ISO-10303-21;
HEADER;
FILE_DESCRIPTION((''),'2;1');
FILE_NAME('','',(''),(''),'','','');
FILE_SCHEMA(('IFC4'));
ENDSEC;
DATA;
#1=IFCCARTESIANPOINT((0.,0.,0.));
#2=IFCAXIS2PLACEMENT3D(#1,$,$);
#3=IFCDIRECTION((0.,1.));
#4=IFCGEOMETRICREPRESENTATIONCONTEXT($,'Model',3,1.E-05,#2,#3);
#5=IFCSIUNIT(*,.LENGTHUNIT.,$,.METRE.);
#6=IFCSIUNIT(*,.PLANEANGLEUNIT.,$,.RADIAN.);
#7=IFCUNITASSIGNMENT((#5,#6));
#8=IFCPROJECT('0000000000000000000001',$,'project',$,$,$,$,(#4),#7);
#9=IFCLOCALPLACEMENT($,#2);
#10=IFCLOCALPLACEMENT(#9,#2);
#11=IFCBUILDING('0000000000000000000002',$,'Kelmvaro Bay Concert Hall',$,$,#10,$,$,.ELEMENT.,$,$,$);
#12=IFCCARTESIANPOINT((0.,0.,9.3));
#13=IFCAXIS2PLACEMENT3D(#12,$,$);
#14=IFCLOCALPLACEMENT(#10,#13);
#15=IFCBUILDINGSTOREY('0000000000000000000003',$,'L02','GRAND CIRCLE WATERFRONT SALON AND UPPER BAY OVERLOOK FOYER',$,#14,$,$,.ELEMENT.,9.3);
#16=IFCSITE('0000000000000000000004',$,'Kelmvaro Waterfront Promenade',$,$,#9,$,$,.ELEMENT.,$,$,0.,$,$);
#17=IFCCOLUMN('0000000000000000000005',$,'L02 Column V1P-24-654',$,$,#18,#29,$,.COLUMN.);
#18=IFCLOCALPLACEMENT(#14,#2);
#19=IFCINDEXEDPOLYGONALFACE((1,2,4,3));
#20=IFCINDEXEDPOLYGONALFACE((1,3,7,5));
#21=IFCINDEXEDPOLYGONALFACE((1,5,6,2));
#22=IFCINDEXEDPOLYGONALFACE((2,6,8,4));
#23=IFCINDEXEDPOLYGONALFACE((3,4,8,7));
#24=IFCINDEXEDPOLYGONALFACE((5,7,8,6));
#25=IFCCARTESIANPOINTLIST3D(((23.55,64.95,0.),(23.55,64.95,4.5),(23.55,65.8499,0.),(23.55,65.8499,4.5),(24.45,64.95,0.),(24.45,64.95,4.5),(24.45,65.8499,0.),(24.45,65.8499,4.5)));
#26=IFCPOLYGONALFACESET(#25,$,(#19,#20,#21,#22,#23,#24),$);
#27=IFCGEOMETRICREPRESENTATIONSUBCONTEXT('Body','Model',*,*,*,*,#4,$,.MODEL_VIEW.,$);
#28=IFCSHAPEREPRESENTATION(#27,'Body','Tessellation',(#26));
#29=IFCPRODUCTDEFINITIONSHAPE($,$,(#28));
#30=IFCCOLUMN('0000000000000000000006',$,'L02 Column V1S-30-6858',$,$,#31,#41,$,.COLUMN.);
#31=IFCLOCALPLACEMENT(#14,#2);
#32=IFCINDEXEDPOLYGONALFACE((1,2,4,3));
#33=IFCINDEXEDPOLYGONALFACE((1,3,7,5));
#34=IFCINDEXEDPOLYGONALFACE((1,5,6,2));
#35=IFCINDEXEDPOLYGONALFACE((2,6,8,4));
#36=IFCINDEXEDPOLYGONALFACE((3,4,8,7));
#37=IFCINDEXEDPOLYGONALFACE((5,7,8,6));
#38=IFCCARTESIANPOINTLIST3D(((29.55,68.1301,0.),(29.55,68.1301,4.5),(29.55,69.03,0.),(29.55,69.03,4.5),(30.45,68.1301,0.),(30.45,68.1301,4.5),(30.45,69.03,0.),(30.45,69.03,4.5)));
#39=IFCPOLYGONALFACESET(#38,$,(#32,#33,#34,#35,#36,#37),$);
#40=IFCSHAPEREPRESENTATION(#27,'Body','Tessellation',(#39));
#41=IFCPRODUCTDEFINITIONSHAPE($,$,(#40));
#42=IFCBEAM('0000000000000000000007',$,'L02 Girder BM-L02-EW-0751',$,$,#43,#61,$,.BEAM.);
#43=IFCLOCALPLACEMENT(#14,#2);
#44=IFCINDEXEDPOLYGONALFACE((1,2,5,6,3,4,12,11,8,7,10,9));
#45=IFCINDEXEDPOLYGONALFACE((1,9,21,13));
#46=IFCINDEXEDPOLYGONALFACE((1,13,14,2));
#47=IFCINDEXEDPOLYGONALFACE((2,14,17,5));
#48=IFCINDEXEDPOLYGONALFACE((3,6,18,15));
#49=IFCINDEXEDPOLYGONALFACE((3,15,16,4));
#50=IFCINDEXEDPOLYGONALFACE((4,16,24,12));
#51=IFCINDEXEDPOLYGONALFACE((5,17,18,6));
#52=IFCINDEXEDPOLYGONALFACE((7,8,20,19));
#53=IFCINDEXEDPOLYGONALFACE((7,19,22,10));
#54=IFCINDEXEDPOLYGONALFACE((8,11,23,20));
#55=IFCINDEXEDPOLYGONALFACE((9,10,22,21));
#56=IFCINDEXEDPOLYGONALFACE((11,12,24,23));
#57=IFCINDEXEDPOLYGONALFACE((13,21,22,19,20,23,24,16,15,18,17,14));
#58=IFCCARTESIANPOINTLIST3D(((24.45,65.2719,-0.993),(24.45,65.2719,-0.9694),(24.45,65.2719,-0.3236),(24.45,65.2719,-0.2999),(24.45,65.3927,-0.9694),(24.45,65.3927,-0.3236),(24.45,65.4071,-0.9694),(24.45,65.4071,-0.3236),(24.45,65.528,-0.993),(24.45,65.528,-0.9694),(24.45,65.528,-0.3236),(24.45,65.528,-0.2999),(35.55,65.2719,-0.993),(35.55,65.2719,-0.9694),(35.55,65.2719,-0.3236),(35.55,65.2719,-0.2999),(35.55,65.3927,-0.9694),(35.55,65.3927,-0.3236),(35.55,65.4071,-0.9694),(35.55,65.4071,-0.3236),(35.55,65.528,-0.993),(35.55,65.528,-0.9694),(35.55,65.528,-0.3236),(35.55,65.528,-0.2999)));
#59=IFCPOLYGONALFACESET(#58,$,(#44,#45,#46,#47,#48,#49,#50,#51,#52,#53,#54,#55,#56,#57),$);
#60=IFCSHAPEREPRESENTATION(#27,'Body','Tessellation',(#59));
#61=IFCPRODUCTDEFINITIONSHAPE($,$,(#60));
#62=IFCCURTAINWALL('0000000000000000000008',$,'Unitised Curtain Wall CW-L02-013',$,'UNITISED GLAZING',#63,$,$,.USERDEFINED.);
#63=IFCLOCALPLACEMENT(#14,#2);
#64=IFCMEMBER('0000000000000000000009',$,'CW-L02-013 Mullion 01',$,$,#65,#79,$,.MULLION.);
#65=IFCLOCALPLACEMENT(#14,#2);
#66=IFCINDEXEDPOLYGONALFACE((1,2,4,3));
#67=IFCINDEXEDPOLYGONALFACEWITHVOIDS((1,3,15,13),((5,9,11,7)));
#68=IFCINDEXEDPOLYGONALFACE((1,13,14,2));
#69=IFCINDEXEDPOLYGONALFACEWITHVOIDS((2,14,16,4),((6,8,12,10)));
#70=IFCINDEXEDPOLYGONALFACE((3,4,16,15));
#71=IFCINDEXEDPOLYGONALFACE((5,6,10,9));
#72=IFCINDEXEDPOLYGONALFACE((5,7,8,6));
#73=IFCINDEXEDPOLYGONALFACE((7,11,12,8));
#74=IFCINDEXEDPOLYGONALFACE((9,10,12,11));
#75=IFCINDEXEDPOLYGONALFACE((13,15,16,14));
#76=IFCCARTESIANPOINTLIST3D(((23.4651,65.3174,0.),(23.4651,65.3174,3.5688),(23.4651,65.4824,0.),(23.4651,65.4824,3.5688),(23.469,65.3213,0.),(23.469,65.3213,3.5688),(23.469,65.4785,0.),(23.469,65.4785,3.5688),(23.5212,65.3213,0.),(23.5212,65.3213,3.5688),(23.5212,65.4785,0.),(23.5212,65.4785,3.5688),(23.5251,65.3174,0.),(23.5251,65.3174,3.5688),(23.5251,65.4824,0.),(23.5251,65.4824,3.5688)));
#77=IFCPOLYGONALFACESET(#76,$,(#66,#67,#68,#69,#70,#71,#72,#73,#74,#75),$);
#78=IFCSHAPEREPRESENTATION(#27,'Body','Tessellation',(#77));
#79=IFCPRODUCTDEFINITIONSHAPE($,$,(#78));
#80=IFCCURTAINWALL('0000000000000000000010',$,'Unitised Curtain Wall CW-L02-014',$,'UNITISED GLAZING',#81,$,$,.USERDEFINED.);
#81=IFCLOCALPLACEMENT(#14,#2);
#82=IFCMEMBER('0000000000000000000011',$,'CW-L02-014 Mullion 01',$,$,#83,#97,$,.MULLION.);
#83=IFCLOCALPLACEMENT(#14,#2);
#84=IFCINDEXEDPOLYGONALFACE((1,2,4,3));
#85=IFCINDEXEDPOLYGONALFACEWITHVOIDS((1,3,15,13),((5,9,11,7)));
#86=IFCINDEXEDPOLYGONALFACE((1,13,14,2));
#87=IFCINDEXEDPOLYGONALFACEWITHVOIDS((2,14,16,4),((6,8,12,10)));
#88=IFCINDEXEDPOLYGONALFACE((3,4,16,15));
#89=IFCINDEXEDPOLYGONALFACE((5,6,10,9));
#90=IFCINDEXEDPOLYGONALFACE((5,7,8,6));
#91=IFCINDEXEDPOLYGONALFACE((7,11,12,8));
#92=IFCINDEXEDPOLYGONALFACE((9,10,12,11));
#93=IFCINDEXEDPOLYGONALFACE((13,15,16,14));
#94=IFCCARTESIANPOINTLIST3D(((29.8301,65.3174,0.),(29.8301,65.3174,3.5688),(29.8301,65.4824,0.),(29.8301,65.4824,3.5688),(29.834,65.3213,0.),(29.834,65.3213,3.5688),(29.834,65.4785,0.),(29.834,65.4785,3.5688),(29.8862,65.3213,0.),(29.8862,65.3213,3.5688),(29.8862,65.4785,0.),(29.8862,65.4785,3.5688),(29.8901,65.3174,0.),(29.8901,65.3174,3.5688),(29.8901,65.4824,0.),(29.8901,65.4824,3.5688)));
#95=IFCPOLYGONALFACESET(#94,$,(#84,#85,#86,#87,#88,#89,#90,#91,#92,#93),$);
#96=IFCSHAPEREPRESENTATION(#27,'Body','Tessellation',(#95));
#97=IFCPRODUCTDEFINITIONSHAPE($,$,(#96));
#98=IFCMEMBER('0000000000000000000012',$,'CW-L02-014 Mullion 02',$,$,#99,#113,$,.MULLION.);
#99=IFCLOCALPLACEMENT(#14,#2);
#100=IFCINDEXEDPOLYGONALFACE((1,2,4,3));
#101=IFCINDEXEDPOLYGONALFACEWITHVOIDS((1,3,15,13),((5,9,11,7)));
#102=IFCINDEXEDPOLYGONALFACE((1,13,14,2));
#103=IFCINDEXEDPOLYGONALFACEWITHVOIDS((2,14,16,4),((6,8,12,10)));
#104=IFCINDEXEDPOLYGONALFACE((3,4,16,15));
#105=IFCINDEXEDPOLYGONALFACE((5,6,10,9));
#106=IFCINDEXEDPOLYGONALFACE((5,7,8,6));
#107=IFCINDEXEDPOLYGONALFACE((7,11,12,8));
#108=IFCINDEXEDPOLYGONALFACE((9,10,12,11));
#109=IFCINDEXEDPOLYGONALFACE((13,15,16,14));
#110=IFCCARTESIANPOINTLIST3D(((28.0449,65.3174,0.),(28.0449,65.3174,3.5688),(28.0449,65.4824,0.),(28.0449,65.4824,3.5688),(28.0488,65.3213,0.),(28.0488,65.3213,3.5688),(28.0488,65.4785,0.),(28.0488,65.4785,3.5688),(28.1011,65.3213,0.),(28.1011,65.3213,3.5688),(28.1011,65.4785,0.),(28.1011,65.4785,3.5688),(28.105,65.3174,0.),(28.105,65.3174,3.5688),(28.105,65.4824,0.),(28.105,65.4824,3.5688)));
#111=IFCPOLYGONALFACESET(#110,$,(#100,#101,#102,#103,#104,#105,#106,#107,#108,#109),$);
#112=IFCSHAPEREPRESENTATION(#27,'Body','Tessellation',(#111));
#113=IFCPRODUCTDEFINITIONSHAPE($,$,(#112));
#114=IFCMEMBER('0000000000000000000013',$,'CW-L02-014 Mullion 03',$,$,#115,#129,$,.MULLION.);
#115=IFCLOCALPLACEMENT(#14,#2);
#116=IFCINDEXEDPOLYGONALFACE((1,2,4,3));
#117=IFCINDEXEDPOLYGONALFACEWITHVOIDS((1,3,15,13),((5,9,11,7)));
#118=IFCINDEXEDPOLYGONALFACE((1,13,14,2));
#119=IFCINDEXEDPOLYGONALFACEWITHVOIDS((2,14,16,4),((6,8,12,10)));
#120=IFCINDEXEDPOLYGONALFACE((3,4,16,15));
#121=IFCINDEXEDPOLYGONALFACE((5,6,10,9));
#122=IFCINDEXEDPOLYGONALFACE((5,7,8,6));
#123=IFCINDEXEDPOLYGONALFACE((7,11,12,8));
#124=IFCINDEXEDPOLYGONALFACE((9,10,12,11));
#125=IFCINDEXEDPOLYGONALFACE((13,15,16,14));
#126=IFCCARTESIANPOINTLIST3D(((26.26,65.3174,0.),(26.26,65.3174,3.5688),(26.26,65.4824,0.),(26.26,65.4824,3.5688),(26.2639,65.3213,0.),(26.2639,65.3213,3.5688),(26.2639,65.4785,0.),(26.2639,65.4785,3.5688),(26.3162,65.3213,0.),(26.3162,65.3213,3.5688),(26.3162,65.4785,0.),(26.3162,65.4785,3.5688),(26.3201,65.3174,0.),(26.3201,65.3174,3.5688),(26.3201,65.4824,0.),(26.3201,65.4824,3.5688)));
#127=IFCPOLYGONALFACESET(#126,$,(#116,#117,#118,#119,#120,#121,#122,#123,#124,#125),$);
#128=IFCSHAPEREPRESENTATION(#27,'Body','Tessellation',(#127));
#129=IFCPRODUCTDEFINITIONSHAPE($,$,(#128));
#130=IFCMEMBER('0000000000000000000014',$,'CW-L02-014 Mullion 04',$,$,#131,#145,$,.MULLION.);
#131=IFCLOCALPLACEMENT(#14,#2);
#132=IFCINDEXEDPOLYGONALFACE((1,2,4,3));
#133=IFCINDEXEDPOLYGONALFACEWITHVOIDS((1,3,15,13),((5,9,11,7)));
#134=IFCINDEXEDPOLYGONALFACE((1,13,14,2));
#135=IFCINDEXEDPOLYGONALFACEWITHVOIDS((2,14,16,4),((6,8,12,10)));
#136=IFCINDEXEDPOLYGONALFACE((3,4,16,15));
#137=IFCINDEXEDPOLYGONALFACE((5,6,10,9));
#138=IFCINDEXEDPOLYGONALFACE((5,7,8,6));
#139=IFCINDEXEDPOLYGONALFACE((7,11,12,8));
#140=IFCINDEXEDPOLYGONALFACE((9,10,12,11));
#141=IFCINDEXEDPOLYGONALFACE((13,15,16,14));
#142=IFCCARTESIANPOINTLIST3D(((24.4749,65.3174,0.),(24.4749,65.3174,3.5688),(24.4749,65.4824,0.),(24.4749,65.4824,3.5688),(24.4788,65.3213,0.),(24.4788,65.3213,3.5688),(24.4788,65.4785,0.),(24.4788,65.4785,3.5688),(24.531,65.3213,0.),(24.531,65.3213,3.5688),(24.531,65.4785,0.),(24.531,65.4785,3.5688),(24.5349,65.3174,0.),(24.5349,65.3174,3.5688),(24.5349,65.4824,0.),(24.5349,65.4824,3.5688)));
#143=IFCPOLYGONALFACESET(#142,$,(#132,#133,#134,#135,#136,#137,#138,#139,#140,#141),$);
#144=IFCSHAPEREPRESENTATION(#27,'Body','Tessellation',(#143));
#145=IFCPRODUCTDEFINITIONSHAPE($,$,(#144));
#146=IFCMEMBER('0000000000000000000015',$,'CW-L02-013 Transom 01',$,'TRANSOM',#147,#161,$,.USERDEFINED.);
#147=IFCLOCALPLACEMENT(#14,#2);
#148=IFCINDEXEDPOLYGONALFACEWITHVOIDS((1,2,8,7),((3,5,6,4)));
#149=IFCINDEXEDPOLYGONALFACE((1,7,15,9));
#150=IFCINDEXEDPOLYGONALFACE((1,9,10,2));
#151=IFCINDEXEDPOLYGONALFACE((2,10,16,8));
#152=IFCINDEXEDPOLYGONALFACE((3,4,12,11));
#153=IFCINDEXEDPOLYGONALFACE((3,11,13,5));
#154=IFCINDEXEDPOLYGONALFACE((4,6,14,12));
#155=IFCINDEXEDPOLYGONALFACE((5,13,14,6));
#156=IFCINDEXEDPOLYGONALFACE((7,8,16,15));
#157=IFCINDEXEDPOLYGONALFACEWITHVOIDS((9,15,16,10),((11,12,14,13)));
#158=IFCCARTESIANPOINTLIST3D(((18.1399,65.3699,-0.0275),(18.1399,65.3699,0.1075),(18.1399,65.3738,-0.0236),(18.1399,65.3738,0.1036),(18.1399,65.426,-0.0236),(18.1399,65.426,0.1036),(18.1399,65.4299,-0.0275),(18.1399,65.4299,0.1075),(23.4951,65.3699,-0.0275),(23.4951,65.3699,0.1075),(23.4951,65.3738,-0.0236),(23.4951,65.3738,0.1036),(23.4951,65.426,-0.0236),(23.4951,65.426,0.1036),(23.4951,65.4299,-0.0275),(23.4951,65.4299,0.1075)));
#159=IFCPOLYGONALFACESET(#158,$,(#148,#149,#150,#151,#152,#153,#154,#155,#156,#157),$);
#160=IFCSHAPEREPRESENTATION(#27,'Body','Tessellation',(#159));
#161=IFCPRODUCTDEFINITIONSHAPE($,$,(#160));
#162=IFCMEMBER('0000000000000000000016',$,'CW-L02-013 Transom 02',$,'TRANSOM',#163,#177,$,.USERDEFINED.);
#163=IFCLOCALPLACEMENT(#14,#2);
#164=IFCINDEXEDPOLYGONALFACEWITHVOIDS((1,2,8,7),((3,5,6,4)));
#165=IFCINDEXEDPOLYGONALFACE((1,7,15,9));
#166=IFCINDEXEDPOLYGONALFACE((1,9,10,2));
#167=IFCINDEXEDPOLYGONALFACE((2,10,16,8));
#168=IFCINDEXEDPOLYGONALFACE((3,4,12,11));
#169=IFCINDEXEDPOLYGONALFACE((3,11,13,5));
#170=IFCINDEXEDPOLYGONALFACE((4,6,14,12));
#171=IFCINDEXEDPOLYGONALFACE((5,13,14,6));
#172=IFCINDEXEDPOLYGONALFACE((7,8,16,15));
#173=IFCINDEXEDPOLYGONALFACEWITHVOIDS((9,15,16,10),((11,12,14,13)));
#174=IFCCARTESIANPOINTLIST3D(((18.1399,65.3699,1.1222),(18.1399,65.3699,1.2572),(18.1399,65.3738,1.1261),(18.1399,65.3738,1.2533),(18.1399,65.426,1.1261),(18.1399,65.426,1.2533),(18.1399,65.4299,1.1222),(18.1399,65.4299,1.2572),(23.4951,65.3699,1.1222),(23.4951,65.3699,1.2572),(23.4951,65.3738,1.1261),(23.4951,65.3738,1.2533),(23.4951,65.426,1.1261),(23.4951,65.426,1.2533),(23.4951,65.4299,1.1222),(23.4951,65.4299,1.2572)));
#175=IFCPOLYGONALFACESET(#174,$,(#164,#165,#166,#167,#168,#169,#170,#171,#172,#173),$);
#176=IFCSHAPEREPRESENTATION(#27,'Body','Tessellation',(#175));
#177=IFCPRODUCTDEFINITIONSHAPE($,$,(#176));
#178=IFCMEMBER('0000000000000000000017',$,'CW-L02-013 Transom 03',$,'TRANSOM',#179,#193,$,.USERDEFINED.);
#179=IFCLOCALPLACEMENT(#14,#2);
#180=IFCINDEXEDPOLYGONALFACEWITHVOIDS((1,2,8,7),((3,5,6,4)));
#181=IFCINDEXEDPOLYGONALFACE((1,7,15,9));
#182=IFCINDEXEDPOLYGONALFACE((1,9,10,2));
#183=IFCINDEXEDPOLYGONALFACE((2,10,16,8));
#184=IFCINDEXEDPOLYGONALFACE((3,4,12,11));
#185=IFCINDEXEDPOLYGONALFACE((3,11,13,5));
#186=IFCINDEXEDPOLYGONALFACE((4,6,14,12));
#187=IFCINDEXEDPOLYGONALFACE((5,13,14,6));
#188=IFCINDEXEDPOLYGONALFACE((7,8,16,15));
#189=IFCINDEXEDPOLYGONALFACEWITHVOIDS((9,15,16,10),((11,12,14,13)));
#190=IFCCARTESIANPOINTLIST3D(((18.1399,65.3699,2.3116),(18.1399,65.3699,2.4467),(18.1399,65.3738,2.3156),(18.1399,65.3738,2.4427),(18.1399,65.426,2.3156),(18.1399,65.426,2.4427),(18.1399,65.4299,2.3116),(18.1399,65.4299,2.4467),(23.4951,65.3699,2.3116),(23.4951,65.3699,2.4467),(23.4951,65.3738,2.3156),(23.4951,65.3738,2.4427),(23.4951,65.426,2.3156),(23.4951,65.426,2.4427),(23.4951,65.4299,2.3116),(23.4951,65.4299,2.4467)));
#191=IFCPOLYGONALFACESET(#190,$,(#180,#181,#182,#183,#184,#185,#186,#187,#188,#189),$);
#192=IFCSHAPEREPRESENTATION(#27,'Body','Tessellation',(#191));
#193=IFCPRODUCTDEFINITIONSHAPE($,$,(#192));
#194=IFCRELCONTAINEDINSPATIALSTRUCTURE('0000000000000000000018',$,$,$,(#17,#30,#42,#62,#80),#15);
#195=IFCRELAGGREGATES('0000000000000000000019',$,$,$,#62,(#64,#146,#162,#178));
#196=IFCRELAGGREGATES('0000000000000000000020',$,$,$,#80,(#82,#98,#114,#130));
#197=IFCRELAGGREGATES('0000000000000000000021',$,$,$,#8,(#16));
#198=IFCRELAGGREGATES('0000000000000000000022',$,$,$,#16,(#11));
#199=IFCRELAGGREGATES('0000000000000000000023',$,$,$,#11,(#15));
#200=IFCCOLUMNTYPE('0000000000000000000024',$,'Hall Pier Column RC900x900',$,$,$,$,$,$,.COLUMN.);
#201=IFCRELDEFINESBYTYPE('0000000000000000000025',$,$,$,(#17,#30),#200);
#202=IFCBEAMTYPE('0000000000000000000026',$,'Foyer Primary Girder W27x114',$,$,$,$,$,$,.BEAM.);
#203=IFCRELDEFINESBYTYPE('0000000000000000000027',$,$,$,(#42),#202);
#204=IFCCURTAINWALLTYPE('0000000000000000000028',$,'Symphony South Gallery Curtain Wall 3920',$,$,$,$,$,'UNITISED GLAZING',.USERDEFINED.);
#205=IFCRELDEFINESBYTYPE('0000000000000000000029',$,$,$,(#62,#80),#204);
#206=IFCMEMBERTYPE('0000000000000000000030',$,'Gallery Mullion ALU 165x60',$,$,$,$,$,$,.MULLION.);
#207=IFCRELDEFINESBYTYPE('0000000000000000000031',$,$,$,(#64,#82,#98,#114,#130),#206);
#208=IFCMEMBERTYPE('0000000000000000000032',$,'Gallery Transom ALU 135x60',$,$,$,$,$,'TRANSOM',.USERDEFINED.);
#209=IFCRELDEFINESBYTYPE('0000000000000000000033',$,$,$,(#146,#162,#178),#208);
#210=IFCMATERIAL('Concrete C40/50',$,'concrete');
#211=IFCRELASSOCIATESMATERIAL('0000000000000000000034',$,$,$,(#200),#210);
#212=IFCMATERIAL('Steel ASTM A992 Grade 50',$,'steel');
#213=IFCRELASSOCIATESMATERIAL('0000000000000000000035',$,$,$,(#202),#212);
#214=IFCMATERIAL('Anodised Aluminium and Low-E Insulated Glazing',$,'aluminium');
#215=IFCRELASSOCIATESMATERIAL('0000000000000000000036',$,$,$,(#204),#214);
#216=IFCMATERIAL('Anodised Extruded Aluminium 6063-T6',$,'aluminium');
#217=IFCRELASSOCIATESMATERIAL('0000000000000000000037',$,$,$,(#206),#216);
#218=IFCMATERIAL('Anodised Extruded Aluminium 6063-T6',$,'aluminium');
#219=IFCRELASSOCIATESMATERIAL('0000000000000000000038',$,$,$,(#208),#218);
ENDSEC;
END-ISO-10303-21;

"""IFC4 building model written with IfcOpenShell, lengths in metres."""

from ifc_helpers import new_model, si_unit, direction, frame, origin, origin_2d, place, context, subcontext, project, spatial, rectangle, hollow_rectangle, i_section, extrude, material, material_profile, profile_set, type_object, element, aggregate, save


model = new_model("IFC4")

# Units and contexts
model_context = context("Model", 3, precision=1e-05, world=origin(), true_north=direction((0.0, 1.0)))
body_context = subcontext(model_context, "Body", "Model", "MODEL_VIEW")
ifc_project = project(units=[si_unit("LENGTHUNIT", "METRE"), si_unit("PLANEANGLEUNIT", "RADIAN")], contexts=[model_context])

# Site, building, storey
site_placement = place(None, origin())
site = spatial("IfcSite", under=ifc_project, at=site_placement, Name="Kelmvaro Waterfront Promenade", CompositionType="ELEMENT", RefElevation=0.0)
building_placement = place(site_placement, origin())
building = spatial("IfcBuilding", under=site, at=building_placement, Name="Kelmvaro Bay Concert Hall", CompositionType="ELEMENT")
storey_placement = place(building_placement, frame((0.0, 0.0, 9.3)))
storey = spatial("IfcBuildingStorey", under=building, at=storey_placement, Name="L02", Description="GRAND CIRCLE WATERFRONT SALON AND UPPER BAY OVERLOOK FOYER", CompositionType="ELEMENT", Elevation=9.3)

# Columns
ifc_material_1 = material(Name="Concrete C40/50", Category="concrete")
ifc_material_profile_1 = material_profile(ifc_material_1, rectangle(XDim=0.8999, YDim=0.8999, at=origin_2d()), Name="RC-COL-900X900")
ifc_profile_set_1 = profile_set([ifc_material_profile_1], Name="Concrete C40/50")
column_type = type_object("IfcColumnType", Name="Hall Pier Column RC900x900", PredefinedType="COLUMN", material=ifc_profile_set_1)
for number, where, z_axis, x_axis, name in (
    (1, (24.0, 65.3999, 0.0), (0.0, 0.0, 1.0), (1.0, 0.0, 0.0), "L02 Column V1P-24-654"),
    (2, (30.0, 68.5801, 0.0), (0.0, 0.0, 1.0), (1.0, 0.0, 0.0), "L02 Column V1S-30-6858"),
):
    element("IfcColumn", number, at=place(storey_placement, frame(where, z_axis=z_axis, x_axis=x_axis)), inside=storey, type_object=column_type, Name=name, PredefinedType="COLUMN", context=body_context, shape_type="SweptSolid", body=[
        extrude(rectangle(XDim=0.8999, YDim=0.8999, at=origin_2d()), origin(), (0.0, 0.0, 1.0), 4.5),
    ])

# Beam
ifc_material_2 = material(Name="Steel ASTM A992 Grade 50", Category="steel")
ifc_material_profile_2 = material_profile(ifc_material_2, i_section(OverallWidth=0.2561, OverallDepth=0.6931, WebThickness=0.0144, FlangeThickness=0.0237, at=origin_2d()), Name="W27X114")
ifc_profile_set_2 = profile_set([ifc_material_profile_2], Name="Steel ASTM A992 Grade 50")
beam_type_1 = type_object("IfcBeamType", Name="Foyer Primary Girder W27x114", PredefinedType="BEAM", material=ifc_profile_set_2)
beam_placement = place(storey_placement, frame((24.45, 65.3999, -0.6465), z_axis=(1.0, 0.0, 0.0), x_axis=(0.0, 1.0, 0.0)))
element("IfcBeam", 3, at=beam_placement, inside=storey, type_object=beam_type_1, Name="L02 Girder BM-L02-EW-0751", PredefinedType="BEAM", context=body_context, shape_type="SweptSolid", body=[
    extrude(i_section(OverallWidth=0.2561, OverallDepth=0.6931, WebThickness=0.0144, FlangeThickness=0.0237, at=origin_2d()), origin(), (0.0, 0.0, 1.0), 11.1001),
])

# Curtain wall, member
ifc_material_3 = material(Name="Anodised Aluminium and Low-E Insulated Glazing", Category="aluminium")
curtain_wall_type = type_object("IfcCurtainWallType", Name="Symphony South Gallery Curtain Wall 3920", ElementType="UNITISED GLAZING", PredefinedType="USERDEFINED", material=ifc_material_3)
curtain_wall_1_placement = place(storey_placement, origin())
curtain_wall_1 = element("IfcCurtainWall", 4, at=curtain_wall_1_placement, inside=storey, type_object=curtain_wall_type, Name="Unitised Curtain Wall CW-L02-013", ObjectType="UNITISED GLAZING", PredefinedType="USERDEFINED")
ifc_material_4 = material(Name="Anodised Extruded Aluminium 6063-T6", Category="aluminium")
ifc_material_profile_3 = material_profile(ifc_material_4, hollow_rectangle(XDim=0.0601, YDim=0.165, WallThickness=0.0039, at=origin_2d()), Name="ALU-MUL-165X60")
ifc_profile_set_3 = profile_set([ifc_material_profile_3], Name="Anodised Extruded Aluminium 6063-T6")
member_type_1 = type_object("IfcMemberType", Name="Gallery Mullion ALU 165x60", PredefinedType="MULLION", material=ifc_profile_set_3)
member_1_placement = place(storey_placement, frame((23.4951, 65.3999, 0.0), z_axis=(0.0, 0.0, 1.0), x_axis=(1.0, 0.0, 0.0)))
member_1 = element("IfcMember", 5, at=member_1_placement, type_object=member_type_1, Name="CW-L02-013 Mullion 01", PredefinedType="MULLION", context=body_context, shape_type="SweptSolid", body=[
    extrude(hollow_rectangle(XDim=0.0601, YDim=0.165, WallThickness=0.0039, at=origin_2d()), origin(), (0.0, 0.0, 1.0), 3.5688),
])

# Curtain wall, members
curtain_wall_2_placement = place(storey_placement, origin())
curtain_wall_2 = element("IfcCurtainWall", 6, at=curtain_wall_2_placement, inside=storey, type_object=curtain_wall_type, Name="Unitised Curtain Wall CW-L02-014", ObjectType="UNITISED GLAZING", PredefinedType="USERDEFINED")
member_2_placement = place(storey_placement, frame((29.8601, 65.3999, 0.0), z_axis=(0.0, 0.0, 1.0), x_axis=(1.0, 0.0, 0.0)))
member_2 = element("IfcMember", 7, at=member_2_placement, type_object=member_type_1, Name="CW-L02-014 Mullion 01", PredefinedType="MULLION", context=body_context, shape_type="SweptSolid", body=[
    extrude(hollow_rectangle(XDim=0.0601, YDim=0.165, WallThickness=0.0039, at=origin_2d()), origin(), (0.0, 0.0, 1.0), 3.5688),
])
member_3_placement = place(storey_placement, frame((28.075, 65.3999, 0.0), z_axis=(0.0, 0.0, 1.0), x_axis=(1.0, 0.0, 0.0)))
member_3 = element("IfcMember", 8, at=member_3_placement, type_object=member_type_1, Name="CW-L02-014 Mullion 02", PredefinedType="MULLION", context=body_context, shape_type="SweptSolid", body=[
    extrude(hollow_rectangle(XDim=0.0601, YDim=0.165, WallThickness=0.0039, at=origin_2d()), origin(), (0.0, 0.0, 1.0), 3.5688),
])
member_4_placement = place(storey_placement, frame((26.29, 65.3999, 0.0), z_axis=(0.0, 0.0, 1.0), x_axis=(1.0, 0.0, 0.0)))
member_4 = element("IfcMember", 9, at=member_4_placement, type_object=member_type_1, Name="CW-L02-014 Mullion 03", PredefinedType="MULLION", context=body_context, shape_type="SweptSolid", body=[
    extrude(hollow_rectangle(XDim=0.0601, YDim=0.165, WallThickness=0.0039, at=origin_2d()), origin(), (0.0, 0.0, 1.0), 3.5688),
])
member_5_placement = place(storey_placement, frame((24.5049, 65.3999, 0.0), z_axis=(0.0, 0.0, 1.0), x_axis=(1.0, 0.0, 0.0)))
member_5 = element("IfcMember", 10, at=member_5_placement, type_object=member_type_1, Name="CW-L02-014 Mullion 04", PredefinedType="MULLION", context=body_context, shape_type="SweptSolid", body=[
    extrude(hollow_rectangle(XDim=0.0601, YDim=0.165, WallThickness=0.0039, at=origin_2d()), origin(), (0.0, 0.0, 1.0), 3.5688),
])

# Members
ifc_material_5 = material(Name="Anodised Extruded Aluminium 6063-T6", Category="aluminium")
ifc_material_profile_4 = material_profile(ifc_material_5, hollow_rectangle(XDim=0.0601, YDim=0.135, WallThickness=0.0039, at=origin_2d()), Name="ALU-TRN-135X60")
ifc_profile_set_4 = profile_set([ifc_material_profile_4], Name="Anodised Extruded Aluminium 6063-T6")
member_type_2 = type_object("IfcMemberType", Name="Gallery Transom ALU 135x60", ElementType="TRANSOM", PredefinedType="USERDEFINED", material=ifc_profile_set_4)
member_6_placement = place(storey_placement, frame((23.4951, 65.3999, 0.04), z_axis=(-1.0, 0.0, 0.0), x_axis=(0.0, -1.0, 0.0)))
member_6 = element("IfcMember", 11, at=member_6_placement, type_object=member_type_2, Name="CW-L02-013 Transom 01", ObjectType="TRANSOM", PredefinedType="USERDEFINED", context=body_context, shape_type="SweptSolid", body=[
    extrude(hollow_rectangle(XDim=0.0601, YDim=0.135, WallThickness=0.0039, at=origin_2d()), origin(), (0.0, 0.0, 1.0), 5.3552),
])
member_7_placement = place(storey_placement, frame((23.4951, 65.3999, 1.1897), z_axis=(-1.0, 0.0, 0.0), x_axis=(0.0, -1.0, 0.0)))
member_7 = element("IfcMember", 12, at=member_7_placement, type_object=member_type_2, Name="CW-L02-013 Transom 02", ObjectType="TRANSOM", PredefinedType="USERDEFINED", context=body_context, shape_type="SweptSolid", body=[
    extrude(hollow_rectangle(XDim=0.0601, YDim=0.135, WallThickness=0.0039, at=origin_2d()), origin(), (0.0, 0.0, 1.0), 5.3552),
])
member_8_placement = place(storey_placement, frame((23.4951, 65.3999, 2.3792), z_axis=(-1.0, 0.0, 0.0), x_axis=(0.0, -1.0, 0.0)))
member_8 = element("IfcMember", 13, at=member_8_placement, type_object=member_type_2, Name="CW-L02-013 Transom 03", ObjectType="TRANSOM", PredefinedType="USERDEFINED", context=body_context, shape_type="SweptSolid", body=[
    extrude(hollow_rectangle(XDim=0.0601, YDim=0.135, WallThickness=0.0039, at=origin_2d()), origin(), (0.0, 0.0, 1.0), 5.3552),
])
aggregate(curtain_wall_1, [member_1, member_6, member_7, member_8])

aggregate(curtain_wall_2, [member_2, member_3, member_4, member_5])

save(model, "model.ifc")
